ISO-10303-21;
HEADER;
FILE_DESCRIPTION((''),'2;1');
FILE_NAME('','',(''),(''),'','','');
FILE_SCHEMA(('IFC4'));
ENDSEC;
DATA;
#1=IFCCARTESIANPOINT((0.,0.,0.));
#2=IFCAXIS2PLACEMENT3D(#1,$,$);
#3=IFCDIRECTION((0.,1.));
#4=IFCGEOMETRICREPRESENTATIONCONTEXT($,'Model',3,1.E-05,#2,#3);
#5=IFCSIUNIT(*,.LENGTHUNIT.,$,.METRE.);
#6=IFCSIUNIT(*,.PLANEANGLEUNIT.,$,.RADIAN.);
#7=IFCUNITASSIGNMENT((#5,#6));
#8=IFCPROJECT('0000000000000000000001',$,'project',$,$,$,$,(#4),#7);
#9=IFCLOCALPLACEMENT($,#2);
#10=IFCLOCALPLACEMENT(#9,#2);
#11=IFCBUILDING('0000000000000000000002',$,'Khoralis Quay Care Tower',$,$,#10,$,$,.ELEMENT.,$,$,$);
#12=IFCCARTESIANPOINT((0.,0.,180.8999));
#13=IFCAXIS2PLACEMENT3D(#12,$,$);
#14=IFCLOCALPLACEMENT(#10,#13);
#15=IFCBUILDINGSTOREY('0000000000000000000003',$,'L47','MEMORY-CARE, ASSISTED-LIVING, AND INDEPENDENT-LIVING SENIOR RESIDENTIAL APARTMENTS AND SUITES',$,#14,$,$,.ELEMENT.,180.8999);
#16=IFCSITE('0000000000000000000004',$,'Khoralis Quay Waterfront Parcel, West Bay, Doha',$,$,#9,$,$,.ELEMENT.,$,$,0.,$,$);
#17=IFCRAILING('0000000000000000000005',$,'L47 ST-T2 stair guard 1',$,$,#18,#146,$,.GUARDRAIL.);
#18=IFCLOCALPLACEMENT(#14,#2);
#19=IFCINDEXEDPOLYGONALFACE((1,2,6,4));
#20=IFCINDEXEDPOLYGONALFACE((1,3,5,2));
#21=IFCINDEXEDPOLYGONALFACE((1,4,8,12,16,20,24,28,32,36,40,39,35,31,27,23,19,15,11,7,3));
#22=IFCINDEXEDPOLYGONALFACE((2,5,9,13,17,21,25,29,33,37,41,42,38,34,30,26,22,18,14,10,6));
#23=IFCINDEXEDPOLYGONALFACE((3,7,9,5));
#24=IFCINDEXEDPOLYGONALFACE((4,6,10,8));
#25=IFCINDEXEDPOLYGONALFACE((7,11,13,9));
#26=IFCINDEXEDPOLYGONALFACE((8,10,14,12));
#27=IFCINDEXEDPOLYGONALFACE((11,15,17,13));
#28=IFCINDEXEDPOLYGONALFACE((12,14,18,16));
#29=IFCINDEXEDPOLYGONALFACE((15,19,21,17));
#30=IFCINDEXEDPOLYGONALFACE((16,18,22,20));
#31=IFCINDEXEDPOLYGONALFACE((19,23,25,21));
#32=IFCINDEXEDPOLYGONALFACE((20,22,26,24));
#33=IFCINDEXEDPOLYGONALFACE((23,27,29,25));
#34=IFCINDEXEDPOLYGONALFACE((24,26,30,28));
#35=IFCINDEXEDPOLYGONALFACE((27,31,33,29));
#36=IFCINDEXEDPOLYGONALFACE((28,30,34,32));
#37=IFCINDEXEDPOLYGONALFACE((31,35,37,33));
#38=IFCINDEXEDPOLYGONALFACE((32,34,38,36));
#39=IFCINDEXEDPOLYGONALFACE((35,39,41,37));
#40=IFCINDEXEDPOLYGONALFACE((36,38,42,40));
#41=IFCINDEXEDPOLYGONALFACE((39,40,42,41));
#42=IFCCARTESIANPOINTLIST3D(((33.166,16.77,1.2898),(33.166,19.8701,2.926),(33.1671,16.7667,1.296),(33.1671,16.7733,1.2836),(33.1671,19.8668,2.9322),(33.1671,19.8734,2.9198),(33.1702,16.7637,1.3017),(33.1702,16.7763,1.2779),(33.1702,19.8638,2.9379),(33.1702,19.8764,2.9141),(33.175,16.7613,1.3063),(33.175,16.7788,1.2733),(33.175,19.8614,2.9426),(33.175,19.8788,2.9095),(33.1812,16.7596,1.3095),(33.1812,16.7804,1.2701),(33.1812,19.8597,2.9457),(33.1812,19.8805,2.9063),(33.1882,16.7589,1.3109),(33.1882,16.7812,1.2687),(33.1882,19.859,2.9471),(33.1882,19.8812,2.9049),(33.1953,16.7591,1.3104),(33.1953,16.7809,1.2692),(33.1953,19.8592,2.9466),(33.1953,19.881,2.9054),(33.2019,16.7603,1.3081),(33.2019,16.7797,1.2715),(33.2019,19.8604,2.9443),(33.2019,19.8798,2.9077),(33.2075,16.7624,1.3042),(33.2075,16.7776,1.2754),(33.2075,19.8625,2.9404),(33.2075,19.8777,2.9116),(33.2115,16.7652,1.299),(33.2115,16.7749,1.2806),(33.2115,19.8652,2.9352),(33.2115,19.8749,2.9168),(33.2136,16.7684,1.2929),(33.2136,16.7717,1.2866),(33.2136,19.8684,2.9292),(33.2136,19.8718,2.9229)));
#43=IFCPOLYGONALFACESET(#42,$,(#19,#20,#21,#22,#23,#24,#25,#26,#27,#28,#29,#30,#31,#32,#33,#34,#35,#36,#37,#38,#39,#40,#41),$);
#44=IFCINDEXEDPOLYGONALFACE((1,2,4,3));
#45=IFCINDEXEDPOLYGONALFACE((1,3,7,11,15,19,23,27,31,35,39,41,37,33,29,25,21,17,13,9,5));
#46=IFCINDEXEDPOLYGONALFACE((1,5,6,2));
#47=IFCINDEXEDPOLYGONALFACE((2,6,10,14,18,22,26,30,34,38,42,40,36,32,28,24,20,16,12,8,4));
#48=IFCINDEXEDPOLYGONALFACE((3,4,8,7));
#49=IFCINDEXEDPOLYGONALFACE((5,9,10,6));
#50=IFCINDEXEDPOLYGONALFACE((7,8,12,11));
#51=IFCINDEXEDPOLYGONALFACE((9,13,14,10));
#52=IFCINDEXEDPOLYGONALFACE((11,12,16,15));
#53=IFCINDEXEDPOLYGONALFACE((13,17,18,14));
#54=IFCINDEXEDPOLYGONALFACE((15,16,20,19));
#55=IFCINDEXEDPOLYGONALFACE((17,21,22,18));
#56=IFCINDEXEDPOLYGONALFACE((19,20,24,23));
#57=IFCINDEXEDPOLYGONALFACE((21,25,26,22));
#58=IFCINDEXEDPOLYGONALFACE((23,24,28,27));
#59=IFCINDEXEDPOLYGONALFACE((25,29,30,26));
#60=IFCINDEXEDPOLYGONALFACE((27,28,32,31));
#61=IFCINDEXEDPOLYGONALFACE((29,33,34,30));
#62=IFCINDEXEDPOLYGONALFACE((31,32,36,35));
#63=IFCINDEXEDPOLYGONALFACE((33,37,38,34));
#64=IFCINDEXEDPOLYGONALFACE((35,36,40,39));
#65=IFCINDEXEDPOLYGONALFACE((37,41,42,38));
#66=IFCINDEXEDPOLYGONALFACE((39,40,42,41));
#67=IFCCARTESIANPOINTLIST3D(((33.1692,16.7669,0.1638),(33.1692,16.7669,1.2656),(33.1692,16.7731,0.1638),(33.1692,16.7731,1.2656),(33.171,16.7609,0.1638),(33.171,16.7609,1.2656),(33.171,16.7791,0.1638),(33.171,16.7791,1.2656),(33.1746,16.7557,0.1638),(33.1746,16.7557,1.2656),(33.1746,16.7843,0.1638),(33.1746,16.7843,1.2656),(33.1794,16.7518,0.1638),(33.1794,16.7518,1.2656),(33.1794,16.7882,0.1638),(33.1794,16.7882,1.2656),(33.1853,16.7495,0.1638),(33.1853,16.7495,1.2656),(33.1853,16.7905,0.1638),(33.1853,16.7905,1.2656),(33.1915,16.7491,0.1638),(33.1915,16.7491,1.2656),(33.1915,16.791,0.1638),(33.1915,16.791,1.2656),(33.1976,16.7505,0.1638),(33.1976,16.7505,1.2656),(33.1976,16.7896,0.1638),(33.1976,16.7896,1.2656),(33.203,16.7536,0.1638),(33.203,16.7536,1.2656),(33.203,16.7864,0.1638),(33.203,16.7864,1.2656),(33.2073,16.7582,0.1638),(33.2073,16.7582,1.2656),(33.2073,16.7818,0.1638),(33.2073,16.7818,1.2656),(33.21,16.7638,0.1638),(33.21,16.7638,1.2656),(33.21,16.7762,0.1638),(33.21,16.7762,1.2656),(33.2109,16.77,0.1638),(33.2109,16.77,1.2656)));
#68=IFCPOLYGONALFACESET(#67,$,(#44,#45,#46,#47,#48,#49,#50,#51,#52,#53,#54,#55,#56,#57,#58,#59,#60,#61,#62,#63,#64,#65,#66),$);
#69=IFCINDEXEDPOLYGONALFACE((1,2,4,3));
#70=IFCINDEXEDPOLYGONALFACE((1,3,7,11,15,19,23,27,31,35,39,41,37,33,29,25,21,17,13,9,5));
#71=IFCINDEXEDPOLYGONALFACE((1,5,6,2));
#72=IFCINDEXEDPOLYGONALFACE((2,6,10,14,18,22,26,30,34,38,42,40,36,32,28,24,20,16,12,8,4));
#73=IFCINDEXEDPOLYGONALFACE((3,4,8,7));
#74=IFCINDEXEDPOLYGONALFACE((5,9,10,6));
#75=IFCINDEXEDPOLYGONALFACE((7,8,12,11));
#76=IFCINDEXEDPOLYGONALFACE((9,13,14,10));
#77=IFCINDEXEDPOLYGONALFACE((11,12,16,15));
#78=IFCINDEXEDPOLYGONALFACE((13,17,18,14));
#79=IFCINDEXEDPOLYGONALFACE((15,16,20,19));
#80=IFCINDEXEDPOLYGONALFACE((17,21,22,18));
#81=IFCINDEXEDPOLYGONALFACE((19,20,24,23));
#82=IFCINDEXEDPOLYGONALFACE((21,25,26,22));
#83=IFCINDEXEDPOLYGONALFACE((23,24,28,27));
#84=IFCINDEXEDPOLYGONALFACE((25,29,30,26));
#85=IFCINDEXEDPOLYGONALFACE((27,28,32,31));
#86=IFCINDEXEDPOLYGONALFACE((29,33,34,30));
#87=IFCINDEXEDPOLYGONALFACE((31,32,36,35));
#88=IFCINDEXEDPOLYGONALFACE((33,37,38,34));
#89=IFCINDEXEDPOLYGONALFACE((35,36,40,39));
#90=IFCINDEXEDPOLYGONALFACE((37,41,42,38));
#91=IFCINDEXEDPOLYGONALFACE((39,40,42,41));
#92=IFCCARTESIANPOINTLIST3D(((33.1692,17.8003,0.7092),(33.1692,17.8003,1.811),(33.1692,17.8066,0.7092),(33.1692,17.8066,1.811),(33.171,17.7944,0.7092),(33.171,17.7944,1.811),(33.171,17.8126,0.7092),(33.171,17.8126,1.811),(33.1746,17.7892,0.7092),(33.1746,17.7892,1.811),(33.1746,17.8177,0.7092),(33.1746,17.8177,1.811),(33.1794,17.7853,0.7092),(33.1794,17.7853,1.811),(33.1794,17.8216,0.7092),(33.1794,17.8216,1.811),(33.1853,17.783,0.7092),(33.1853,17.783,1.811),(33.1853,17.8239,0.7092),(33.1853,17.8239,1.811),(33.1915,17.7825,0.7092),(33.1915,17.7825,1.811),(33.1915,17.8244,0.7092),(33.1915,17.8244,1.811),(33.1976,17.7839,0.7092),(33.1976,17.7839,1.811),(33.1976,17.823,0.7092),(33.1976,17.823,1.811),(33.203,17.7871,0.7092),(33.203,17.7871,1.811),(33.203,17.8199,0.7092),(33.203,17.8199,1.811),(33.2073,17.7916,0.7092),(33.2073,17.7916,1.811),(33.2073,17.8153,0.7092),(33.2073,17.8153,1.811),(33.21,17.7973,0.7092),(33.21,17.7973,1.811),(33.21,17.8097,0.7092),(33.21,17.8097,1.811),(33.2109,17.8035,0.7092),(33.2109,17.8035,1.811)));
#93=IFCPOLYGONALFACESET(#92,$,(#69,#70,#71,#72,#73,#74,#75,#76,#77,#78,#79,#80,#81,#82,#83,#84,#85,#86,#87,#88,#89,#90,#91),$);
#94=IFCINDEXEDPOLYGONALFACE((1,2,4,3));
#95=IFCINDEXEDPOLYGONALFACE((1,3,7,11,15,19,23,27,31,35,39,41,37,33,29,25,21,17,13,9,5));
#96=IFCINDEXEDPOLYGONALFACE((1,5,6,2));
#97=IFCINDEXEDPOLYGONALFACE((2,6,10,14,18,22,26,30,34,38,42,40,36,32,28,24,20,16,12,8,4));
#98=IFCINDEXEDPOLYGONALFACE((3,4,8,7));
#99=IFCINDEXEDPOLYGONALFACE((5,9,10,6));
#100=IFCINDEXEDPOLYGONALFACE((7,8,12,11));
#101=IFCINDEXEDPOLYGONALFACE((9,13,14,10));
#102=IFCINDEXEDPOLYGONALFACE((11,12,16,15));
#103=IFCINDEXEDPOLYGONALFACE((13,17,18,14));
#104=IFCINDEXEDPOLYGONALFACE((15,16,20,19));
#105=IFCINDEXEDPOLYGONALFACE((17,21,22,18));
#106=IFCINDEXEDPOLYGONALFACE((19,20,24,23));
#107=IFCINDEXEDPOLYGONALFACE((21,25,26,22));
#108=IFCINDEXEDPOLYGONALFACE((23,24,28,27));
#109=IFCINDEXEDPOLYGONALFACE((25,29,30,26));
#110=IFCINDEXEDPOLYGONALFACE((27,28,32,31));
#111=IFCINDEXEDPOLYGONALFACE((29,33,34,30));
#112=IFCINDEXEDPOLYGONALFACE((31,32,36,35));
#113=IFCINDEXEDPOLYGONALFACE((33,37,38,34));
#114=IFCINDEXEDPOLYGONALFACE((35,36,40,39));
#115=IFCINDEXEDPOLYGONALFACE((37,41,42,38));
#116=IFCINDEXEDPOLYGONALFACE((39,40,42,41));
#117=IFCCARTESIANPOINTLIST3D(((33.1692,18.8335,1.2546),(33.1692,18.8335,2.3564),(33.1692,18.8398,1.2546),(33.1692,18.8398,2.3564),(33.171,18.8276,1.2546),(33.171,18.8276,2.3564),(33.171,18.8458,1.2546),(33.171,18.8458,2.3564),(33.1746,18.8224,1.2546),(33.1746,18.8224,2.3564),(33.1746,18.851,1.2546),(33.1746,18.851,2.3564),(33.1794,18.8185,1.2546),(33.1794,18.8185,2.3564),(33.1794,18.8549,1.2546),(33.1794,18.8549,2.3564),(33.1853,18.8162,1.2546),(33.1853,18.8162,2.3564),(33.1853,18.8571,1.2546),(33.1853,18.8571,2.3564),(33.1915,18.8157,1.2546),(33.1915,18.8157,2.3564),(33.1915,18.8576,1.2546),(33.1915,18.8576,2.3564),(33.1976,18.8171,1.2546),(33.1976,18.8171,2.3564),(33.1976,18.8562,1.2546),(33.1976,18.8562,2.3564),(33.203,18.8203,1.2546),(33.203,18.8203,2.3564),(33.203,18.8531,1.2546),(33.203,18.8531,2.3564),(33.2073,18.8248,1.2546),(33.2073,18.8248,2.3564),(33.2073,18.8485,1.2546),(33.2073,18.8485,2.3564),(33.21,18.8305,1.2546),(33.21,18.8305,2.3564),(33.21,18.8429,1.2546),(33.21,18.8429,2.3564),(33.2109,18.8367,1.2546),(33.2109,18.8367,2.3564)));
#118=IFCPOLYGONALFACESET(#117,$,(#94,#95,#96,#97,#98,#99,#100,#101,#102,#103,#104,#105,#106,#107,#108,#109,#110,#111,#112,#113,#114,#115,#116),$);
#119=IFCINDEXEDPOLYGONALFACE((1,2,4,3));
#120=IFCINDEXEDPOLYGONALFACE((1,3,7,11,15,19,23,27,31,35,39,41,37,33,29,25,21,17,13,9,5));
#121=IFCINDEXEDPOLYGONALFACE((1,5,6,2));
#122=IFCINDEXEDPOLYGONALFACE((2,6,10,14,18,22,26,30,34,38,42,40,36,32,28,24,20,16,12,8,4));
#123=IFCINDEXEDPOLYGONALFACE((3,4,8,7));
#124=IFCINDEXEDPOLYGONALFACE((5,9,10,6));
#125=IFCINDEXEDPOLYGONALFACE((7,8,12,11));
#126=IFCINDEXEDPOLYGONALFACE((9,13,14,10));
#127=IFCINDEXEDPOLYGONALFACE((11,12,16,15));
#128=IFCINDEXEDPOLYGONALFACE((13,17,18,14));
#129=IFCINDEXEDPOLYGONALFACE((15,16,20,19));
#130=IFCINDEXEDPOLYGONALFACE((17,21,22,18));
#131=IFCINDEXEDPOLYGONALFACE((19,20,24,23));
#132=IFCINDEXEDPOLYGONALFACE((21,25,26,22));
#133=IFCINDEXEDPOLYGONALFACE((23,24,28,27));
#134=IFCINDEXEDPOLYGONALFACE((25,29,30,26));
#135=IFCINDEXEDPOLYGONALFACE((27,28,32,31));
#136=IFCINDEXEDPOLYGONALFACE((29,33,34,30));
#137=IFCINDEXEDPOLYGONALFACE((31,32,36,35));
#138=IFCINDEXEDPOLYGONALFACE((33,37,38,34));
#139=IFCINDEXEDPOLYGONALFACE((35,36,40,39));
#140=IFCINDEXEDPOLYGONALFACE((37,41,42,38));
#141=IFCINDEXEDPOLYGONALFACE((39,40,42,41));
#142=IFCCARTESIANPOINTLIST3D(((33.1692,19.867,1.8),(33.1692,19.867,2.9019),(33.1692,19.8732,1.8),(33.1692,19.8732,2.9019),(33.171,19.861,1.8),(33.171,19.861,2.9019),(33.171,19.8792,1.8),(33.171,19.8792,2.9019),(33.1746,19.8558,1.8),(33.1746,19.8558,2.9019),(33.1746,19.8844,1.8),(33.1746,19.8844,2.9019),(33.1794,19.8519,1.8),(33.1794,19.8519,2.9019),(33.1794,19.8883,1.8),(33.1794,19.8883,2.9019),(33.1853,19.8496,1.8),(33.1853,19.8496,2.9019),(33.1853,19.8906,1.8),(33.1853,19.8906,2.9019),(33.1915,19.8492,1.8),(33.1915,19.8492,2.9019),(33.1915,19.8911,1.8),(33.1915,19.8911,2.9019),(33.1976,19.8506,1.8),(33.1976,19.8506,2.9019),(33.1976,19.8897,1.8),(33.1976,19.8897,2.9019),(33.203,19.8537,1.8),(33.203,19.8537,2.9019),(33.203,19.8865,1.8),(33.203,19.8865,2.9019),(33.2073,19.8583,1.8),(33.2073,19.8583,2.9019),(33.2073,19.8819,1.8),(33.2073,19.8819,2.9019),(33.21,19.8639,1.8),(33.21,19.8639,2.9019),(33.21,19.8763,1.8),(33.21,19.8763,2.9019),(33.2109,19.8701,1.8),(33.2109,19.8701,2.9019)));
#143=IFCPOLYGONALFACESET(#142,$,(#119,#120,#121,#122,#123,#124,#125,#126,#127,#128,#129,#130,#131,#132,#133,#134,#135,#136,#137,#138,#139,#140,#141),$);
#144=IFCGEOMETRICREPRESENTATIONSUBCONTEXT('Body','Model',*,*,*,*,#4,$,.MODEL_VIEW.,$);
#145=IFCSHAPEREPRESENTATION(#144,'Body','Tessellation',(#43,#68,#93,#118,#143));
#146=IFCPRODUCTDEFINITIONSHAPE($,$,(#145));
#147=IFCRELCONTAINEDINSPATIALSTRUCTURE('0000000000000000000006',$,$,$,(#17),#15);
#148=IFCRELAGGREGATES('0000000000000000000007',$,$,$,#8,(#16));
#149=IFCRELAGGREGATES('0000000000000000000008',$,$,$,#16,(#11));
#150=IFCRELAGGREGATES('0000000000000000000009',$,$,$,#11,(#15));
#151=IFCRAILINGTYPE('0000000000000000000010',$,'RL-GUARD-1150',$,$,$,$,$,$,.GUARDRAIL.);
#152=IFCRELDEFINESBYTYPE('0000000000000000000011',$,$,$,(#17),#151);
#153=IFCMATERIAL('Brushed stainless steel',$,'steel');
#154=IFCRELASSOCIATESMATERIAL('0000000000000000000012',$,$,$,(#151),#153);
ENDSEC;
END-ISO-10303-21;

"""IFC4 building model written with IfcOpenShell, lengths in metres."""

from ifc_helpers import new_model, si_unit, direction, frame, origin, origin_2d, place, context, subcontext, project, spatial, circle, extrude, material, type_object, element, save


model = new_model("IFC4")

# Units and contexts
model_context = context("Model", 3, precision=1e-05, world=origin(), true_north=direction((0.0, 1.0)))
body_context = subcontext(model_context, "Body", "Model", "MODEL_VIEW")
ifc_project = project(units=[si_unit("LENGTHUNIT", "METRE"), si_unit("PLANEANGLEUNIT", "RADIAN")], contexts=[model_context])

# Site, building, storey
site_placement = place(None, origin())
site = spatial("IfcSite", under=ifc_project, at=site_placement, Name="Khoralis Quay Waterfront Parcel, West Bay, Doha", CompositionType="ELEMENT", RefElevation=0.0)
building_placement = place(site_placement, origin())
building = spatial("IfcBuilding", under=site, at=building_placement, Name="Khoralis Quay Care Tower", CompositionType="ELEMENT")
storey_placement = place(building_placement, frame((0.0, 0.0, 180.8999)))
storey = spatial("IfcBuildingStorey", under=building, at=storey_placement, Name="L47", Description="MEMORY-CARE, ASSISTED-LIVING, AND INDEPENDENT-LIVING SENIOR RESIDENTIAL APARTMENTS AND SUITES", CompositionType="ELEMENT", Elevation=180.8999)

# Shared definitions
ifc_material_1 = material(Name="Brushed stainless steel", Category="steel")

# Railing
railing_type_1 = type_object("IfcRailingType", Name="RL-GUARD-1150", PredefinedType="GUARDRAIL", material=ifc_material_1)
railing_1_placement = place(storey_placement, frame((33.1899, 16.77, 0.1638)))
element("IfcRailing", 1, at=railing_1_placement, inside=storey, type_object=railing_type_1, Name="L47 ST-T2 stair guard 1", PredefinedType="GUARDRAIL", context=body_context, shape_type="SweptSolid", body=[
    extrude(circle(Radius=0.0239, at=origin_2d()), frame((0.0, 0.0, 1.126), z_axis=(0.0, 0.884377, 0.466774), x_axis=(-1.0, 0.0, 0.0)), (0.0, 0.0, 1.0), 3.5054),
    extrude(circle(Radius=0.021, at=origin_2d()), origin(), (0.0, 0.0, 1.0), 1.1018),
    extrude(circle(Radius=0.021, at=origin_2d()), frame((0.0, 1.0334, 0.5454)), (0.0, 0.0, 1.0), 1.1018),
    extrude(circle(Radius=0.021, at=origin_2d()), frame((0.0, 2.0667, 1.0908)), (0.0, 0.0, 1.0), 1.1018),
    extrude(circle(Radius=0.021, at=origin_2d()), frame((0.0, 3.1001, 1.6362)), (0.0, 0.0, 1.0), 1.1018),
])

save(model, "model.ifc")
